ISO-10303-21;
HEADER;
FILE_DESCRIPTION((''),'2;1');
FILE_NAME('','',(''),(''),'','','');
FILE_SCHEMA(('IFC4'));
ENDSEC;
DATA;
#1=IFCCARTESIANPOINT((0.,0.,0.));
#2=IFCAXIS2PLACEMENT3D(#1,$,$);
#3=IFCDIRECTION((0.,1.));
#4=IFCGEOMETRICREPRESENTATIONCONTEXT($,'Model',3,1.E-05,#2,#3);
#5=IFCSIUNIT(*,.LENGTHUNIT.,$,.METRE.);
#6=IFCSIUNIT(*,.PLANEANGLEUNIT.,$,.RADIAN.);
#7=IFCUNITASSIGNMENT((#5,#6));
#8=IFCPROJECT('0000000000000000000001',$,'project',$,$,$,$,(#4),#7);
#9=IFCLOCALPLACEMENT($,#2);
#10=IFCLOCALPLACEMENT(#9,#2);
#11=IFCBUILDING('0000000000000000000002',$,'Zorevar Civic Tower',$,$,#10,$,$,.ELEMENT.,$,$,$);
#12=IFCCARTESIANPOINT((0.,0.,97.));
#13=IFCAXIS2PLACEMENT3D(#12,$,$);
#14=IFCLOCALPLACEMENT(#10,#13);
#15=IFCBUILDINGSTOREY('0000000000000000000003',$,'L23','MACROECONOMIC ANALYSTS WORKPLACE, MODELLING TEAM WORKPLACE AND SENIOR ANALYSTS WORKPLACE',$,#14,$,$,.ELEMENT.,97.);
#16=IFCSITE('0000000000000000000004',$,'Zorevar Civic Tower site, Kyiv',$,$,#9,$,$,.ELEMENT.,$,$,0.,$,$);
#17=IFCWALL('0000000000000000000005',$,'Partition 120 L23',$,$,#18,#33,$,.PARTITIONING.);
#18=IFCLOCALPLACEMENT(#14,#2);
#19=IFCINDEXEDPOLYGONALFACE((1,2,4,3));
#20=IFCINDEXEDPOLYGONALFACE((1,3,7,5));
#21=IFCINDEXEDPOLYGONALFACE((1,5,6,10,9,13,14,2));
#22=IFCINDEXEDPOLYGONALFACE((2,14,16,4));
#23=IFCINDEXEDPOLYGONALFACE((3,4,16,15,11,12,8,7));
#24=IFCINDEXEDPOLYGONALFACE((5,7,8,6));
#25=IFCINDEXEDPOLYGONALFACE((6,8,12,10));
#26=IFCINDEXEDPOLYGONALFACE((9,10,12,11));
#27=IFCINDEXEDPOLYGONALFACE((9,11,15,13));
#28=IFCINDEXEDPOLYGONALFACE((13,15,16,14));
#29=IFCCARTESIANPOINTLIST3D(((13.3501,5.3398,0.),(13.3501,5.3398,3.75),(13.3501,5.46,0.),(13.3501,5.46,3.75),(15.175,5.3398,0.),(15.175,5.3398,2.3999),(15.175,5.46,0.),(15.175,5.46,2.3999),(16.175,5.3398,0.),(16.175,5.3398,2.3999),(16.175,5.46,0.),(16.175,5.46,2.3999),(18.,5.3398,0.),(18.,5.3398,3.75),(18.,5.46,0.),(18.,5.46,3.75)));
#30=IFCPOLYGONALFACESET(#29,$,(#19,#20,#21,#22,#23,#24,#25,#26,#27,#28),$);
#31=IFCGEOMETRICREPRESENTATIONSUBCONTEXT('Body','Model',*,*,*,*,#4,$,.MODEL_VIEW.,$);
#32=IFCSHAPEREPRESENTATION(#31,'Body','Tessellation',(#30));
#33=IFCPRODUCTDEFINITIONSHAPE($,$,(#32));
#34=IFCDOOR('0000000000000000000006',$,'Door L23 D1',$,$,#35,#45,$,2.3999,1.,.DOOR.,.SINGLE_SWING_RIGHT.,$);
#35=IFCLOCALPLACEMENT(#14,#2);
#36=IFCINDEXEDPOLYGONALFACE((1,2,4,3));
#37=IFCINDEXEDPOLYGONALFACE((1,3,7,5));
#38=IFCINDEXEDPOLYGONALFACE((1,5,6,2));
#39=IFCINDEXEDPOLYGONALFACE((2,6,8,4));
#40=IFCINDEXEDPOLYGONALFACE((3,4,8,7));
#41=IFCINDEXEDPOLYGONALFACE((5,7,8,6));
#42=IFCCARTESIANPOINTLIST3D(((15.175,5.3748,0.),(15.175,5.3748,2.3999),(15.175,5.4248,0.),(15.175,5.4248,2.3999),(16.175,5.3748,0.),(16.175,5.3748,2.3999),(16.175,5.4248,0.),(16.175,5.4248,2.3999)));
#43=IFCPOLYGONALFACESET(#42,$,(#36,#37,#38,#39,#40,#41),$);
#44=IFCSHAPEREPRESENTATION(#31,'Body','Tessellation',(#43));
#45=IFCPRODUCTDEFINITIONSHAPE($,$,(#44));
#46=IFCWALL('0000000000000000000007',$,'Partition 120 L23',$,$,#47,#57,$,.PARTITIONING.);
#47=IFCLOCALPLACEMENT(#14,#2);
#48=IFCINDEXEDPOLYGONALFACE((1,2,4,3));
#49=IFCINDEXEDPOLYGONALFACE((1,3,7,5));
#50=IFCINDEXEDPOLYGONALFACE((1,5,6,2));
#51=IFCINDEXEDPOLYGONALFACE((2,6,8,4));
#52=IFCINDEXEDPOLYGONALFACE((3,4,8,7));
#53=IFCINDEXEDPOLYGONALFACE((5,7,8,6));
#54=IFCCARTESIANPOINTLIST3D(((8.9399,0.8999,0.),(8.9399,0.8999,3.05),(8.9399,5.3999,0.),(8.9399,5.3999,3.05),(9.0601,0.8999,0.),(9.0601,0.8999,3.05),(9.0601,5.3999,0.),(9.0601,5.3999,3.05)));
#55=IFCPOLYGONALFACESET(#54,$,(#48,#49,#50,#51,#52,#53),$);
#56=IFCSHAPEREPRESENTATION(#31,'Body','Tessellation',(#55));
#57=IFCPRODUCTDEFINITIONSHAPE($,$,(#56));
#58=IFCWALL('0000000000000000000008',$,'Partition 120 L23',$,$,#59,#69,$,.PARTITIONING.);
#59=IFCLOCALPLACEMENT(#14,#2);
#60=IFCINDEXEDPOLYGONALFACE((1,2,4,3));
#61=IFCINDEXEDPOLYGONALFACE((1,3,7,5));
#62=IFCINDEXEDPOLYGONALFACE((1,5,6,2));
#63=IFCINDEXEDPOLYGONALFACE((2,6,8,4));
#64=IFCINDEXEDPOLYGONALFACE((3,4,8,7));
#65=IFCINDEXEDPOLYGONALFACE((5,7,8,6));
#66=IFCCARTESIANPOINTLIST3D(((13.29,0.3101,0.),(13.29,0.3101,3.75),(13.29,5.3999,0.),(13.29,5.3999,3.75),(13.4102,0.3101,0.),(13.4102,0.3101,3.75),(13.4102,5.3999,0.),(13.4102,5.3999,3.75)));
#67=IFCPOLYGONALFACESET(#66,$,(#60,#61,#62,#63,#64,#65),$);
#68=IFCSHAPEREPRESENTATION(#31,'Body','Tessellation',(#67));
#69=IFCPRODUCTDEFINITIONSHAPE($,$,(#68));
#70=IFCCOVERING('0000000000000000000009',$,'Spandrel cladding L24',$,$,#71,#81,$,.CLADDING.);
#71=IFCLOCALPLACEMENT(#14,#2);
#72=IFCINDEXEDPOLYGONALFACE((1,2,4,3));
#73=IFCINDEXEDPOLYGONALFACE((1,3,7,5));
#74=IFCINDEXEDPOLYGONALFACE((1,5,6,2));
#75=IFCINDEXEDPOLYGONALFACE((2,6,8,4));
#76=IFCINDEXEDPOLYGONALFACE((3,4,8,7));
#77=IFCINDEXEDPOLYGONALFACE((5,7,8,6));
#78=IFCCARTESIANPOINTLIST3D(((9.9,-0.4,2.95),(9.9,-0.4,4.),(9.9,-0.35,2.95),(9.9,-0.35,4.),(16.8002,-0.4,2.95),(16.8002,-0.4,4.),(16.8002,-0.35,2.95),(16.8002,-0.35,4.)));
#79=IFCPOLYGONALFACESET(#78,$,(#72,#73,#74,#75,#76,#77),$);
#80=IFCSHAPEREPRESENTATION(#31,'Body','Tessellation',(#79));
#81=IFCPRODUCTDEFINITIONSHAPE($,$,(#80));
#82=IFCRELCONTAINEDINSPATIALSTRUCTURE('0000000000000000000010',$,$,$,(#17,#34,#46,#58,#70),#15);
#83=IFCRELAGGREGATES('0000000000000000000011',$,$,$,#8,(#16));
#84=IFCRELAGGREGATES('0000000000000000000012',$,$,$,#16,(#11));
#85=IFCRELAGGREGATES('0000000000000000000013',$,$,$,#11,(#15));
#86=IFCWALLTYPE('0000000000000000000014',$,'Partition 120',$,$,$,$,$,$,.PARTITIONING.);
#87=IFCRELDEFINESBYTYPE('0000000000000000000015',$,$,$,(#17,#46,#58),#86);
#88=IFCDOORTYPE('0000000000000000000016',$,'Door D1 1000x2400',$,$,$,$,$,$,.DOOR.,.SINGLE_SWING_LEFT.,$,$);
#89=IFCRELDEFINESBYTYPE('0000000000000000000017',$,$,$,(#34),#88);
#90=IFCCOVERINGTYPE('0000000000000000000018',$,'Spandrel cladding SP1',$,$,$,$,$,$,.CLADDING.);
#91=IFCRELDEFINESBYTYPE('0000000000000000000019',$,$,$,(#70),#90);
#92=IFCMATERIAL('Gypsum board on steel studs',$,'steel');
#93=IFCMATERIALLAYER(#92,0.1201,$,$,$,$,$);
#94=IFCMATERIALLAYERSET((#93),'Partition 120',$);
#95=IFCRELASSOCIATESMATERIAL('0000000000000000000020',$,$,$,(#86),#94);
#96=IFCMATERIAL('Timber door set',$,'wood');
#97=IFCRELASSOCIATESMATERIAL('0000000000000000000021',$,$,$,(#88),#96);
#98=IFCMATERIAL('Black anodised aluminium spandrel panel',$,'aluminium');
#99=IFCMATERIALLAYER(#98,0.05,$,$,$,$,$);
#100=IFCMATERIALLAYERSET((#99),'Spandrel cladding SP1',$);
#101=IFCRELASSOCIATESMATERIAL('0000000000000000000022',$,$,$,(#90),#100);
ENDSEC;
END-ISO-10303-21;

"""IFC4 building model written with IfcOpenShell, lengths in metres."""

from ifc_helpers import new_model, si_unit, direction, frame, frame_2d, origin, place, context, subcontext, project, spatial, rectangle, extrude, material, layer, layer_set, type_object, element, fill, save


model = new_model("IFC4")

# Units and contexts
model_context = context("Model", 3, precision=1e-05, world=origin(), true_north=direction((0.0, 1.0)))
body_context = subcontext(model_context, "Body", "Model", "MODEL_VIEW")
ifc_project = project(units=[si_unit("LENGTHUNIT", "METRE"), si_unit("PLANEANGLEUNIT", "RADIAN")], contexts=[model_context])

# Site, building, storey
site_placement = place(None, origin())
site = spatial("IfcSite", under=ifc_project, at=site_placement, Name="Zorevar Civic Tower site, Kyiv", CompositionType="ELEMENT", RefElevation=0.0)
building_placement = place(site_placement, origin())
building = spatial("IfcBuilding", under=site, at=building_placement, Name="Zorevar Civic Tower", CompositionType="ELEMENT")
storey_placement = place(building_placement, frame((0.0, 0.0, 97.0)))
storey = spatial("IfcBuildingStorey", under=building, at=storey_placement, Name="L23", Description="MACROECONOMIC ANALYSTS WORKPLACE, MODELLING TEAM WORKPLACE AND SENIOR ANALYSTS WORKPLACE", CompositionType="ELEMENT", Elevation=97.0)

# Wall, opening, door
ifc_material_1 = material(Name="Gypsum board on steel studs", Category="steel")
ifc_layer_1 = layer(ifc_material_1, 0.1201)
ifc_layer_set_1 = layer_set([ifc_layer_1], Name="Partition 120")
wall_type = type_object("IfcWallType", Name="Partition 120", PredefinedType="PARTITIONING", material=ifc_layer_set_1)
ifc_material_2 = material(Name="Timber door set", Category="wood")
door_type = type_object("IfcDoorType", Name="Door D1 1000x2400", OperationType="SINGLE_SWING_LEFT", PredefinedType="DOOR", material=ifc_material_2)
wall_1_placement = place(storey_placement, frame((13.3501, 5.3999, 0.0), z_axis=(0.0, 0.0, 1.0), x_axis=(1.0, 0.0, 0.0)))
wall_1 = element("IfcWall", 1, at=wall_1_placement, inside=storey, type_object=wall_type, Name="Partition 120 L23", PredefinedType="PARTITIONING", context=body_context, shape_type="SweptSolid", body=[
    extrude(rectangle(XDim=4.6499, YDim=0.1201, at=frame_2d((2.325, 0.0))), origin(), (0.0, 0.0, 1.0), 3.75),
])
opening_1_placement = place(wall_1_placement, frame((1.825, 0.0, 0.0)))
opening_1 = element("IfcOpeningElement", 2, at=opening_1_placement, cuts=wall_1, PredefinedType="OPENING", context=body_context, shape_type="SweptSolid", body=[
    extrude(rectangle(XDim=1.0, YDim=2.3999, at=frame_2d((0.5, 1.2))), frame((0.0, 0.0701, 0.0), z_axis=(0.0, -1.0, 0.0), x_axis=(1.0, 0.0, 0.0)), (0.0, 0.0, 1.0), 0.1401),
])
door_1_placement = place(opening_1_placement, origin())
door_1 = element("IfcDoor", 3, at=door_1_placement, inside=storey, type_object=door_type, Name="Door L23 D1", OperationType="SINGLE_SWING_RIGHT", OverallHeight=2.3999, OverallWidth=1.0, PredefinedType="DOOR", context=body_context, shape_type="SweptSolid", body=[
    extrude(rectangle(XDim=1.0, YDim=2.3999, at=frame_2d((0.5, 1.2))), frame((0.0, 0.0249, 0.0), z_axis=(0.0, -1.0, 0.0), x_axis=(1.0, 0.0, 0.0)), (0.0, 0.0, 1.0), 0.05),
])
fill(opening_1, door_1)

# Walls
wall_2_placement = place(storey_placement, frame((9.0, 0.8999, 0.0), z_axis=(0.0, 0.0, 1.0), x_axis=(0.0, 1.0, 0.0)))
element("IfcWall", 4, at=wall_2_placement, inside=storey, type_object=wall_type, Name="Partition 120 L23", PredefinedType="PARTITIONING", context=body_context, shape_type="SweptSolid", body=[
    extrude(rectangle(XDim=4.5, YDim=0.1201, at=frame_2d((2.25, 0.0))), origin(), (0.0, 0.0, 1.0), 3.05),
])
wall_3_placement = place(storey_placement, frame((13.3501, 0.3101, 0.0), z_axis=(0.0, 0.0, 1.0), x_axis=(0.0, 1.0, 0.0)))
element("IfcWall", 5, at=wall_3_placement, inside=storey, type_object=wall_type, Name="Partition 120 L23", PredefinedType="PARTITIONING", context=body_context, shape_type="SweptSolid", body=[
    extrude(rectangle(XDim=5.0898, YDim=0.1201, at=frame_2d((2.5449, 0.0))), origin(), (0.0, 0.0, 1.0), 3.75),
])

# Covering
ifc_material_3 = material(Name="Black anodised aluminium spandrel panel", Category="aluminium")
ifc_layer_2 = layer(ifc_material_3, 0.05)
ifc_layer_set_2 = layer_set([ifc_layer_2], Name="Spandrel cladding SP1")
covering_type = type_object("IfcCoveringType", Name="Spandrel cladding SP1", PredefinedType="CLADDING", material=ifc_layer_set_2)
covering_placement = place(storey_placement, frame((9.8999, -0.375, 2.95), z_axis=(0.0, 0.0, 1.0), x_axis=(1.0, 0.0, 0.0)))
element("IfcCovering", 6, at=covering_placement, inside=storey, type_object=covering_type, Name="Spandrel cladding L24", PredefinedType="CLADDING", context=body_context, shape_type="SweptSolid", body=[
    extrude(rectangle(XDim=6.9001, YDim=0.05, at=frame_2d((3.4502, 0.0))), origin(), (0.0, 0.0, 1.0), 1.05),
])

save(model, "model.ifc")
